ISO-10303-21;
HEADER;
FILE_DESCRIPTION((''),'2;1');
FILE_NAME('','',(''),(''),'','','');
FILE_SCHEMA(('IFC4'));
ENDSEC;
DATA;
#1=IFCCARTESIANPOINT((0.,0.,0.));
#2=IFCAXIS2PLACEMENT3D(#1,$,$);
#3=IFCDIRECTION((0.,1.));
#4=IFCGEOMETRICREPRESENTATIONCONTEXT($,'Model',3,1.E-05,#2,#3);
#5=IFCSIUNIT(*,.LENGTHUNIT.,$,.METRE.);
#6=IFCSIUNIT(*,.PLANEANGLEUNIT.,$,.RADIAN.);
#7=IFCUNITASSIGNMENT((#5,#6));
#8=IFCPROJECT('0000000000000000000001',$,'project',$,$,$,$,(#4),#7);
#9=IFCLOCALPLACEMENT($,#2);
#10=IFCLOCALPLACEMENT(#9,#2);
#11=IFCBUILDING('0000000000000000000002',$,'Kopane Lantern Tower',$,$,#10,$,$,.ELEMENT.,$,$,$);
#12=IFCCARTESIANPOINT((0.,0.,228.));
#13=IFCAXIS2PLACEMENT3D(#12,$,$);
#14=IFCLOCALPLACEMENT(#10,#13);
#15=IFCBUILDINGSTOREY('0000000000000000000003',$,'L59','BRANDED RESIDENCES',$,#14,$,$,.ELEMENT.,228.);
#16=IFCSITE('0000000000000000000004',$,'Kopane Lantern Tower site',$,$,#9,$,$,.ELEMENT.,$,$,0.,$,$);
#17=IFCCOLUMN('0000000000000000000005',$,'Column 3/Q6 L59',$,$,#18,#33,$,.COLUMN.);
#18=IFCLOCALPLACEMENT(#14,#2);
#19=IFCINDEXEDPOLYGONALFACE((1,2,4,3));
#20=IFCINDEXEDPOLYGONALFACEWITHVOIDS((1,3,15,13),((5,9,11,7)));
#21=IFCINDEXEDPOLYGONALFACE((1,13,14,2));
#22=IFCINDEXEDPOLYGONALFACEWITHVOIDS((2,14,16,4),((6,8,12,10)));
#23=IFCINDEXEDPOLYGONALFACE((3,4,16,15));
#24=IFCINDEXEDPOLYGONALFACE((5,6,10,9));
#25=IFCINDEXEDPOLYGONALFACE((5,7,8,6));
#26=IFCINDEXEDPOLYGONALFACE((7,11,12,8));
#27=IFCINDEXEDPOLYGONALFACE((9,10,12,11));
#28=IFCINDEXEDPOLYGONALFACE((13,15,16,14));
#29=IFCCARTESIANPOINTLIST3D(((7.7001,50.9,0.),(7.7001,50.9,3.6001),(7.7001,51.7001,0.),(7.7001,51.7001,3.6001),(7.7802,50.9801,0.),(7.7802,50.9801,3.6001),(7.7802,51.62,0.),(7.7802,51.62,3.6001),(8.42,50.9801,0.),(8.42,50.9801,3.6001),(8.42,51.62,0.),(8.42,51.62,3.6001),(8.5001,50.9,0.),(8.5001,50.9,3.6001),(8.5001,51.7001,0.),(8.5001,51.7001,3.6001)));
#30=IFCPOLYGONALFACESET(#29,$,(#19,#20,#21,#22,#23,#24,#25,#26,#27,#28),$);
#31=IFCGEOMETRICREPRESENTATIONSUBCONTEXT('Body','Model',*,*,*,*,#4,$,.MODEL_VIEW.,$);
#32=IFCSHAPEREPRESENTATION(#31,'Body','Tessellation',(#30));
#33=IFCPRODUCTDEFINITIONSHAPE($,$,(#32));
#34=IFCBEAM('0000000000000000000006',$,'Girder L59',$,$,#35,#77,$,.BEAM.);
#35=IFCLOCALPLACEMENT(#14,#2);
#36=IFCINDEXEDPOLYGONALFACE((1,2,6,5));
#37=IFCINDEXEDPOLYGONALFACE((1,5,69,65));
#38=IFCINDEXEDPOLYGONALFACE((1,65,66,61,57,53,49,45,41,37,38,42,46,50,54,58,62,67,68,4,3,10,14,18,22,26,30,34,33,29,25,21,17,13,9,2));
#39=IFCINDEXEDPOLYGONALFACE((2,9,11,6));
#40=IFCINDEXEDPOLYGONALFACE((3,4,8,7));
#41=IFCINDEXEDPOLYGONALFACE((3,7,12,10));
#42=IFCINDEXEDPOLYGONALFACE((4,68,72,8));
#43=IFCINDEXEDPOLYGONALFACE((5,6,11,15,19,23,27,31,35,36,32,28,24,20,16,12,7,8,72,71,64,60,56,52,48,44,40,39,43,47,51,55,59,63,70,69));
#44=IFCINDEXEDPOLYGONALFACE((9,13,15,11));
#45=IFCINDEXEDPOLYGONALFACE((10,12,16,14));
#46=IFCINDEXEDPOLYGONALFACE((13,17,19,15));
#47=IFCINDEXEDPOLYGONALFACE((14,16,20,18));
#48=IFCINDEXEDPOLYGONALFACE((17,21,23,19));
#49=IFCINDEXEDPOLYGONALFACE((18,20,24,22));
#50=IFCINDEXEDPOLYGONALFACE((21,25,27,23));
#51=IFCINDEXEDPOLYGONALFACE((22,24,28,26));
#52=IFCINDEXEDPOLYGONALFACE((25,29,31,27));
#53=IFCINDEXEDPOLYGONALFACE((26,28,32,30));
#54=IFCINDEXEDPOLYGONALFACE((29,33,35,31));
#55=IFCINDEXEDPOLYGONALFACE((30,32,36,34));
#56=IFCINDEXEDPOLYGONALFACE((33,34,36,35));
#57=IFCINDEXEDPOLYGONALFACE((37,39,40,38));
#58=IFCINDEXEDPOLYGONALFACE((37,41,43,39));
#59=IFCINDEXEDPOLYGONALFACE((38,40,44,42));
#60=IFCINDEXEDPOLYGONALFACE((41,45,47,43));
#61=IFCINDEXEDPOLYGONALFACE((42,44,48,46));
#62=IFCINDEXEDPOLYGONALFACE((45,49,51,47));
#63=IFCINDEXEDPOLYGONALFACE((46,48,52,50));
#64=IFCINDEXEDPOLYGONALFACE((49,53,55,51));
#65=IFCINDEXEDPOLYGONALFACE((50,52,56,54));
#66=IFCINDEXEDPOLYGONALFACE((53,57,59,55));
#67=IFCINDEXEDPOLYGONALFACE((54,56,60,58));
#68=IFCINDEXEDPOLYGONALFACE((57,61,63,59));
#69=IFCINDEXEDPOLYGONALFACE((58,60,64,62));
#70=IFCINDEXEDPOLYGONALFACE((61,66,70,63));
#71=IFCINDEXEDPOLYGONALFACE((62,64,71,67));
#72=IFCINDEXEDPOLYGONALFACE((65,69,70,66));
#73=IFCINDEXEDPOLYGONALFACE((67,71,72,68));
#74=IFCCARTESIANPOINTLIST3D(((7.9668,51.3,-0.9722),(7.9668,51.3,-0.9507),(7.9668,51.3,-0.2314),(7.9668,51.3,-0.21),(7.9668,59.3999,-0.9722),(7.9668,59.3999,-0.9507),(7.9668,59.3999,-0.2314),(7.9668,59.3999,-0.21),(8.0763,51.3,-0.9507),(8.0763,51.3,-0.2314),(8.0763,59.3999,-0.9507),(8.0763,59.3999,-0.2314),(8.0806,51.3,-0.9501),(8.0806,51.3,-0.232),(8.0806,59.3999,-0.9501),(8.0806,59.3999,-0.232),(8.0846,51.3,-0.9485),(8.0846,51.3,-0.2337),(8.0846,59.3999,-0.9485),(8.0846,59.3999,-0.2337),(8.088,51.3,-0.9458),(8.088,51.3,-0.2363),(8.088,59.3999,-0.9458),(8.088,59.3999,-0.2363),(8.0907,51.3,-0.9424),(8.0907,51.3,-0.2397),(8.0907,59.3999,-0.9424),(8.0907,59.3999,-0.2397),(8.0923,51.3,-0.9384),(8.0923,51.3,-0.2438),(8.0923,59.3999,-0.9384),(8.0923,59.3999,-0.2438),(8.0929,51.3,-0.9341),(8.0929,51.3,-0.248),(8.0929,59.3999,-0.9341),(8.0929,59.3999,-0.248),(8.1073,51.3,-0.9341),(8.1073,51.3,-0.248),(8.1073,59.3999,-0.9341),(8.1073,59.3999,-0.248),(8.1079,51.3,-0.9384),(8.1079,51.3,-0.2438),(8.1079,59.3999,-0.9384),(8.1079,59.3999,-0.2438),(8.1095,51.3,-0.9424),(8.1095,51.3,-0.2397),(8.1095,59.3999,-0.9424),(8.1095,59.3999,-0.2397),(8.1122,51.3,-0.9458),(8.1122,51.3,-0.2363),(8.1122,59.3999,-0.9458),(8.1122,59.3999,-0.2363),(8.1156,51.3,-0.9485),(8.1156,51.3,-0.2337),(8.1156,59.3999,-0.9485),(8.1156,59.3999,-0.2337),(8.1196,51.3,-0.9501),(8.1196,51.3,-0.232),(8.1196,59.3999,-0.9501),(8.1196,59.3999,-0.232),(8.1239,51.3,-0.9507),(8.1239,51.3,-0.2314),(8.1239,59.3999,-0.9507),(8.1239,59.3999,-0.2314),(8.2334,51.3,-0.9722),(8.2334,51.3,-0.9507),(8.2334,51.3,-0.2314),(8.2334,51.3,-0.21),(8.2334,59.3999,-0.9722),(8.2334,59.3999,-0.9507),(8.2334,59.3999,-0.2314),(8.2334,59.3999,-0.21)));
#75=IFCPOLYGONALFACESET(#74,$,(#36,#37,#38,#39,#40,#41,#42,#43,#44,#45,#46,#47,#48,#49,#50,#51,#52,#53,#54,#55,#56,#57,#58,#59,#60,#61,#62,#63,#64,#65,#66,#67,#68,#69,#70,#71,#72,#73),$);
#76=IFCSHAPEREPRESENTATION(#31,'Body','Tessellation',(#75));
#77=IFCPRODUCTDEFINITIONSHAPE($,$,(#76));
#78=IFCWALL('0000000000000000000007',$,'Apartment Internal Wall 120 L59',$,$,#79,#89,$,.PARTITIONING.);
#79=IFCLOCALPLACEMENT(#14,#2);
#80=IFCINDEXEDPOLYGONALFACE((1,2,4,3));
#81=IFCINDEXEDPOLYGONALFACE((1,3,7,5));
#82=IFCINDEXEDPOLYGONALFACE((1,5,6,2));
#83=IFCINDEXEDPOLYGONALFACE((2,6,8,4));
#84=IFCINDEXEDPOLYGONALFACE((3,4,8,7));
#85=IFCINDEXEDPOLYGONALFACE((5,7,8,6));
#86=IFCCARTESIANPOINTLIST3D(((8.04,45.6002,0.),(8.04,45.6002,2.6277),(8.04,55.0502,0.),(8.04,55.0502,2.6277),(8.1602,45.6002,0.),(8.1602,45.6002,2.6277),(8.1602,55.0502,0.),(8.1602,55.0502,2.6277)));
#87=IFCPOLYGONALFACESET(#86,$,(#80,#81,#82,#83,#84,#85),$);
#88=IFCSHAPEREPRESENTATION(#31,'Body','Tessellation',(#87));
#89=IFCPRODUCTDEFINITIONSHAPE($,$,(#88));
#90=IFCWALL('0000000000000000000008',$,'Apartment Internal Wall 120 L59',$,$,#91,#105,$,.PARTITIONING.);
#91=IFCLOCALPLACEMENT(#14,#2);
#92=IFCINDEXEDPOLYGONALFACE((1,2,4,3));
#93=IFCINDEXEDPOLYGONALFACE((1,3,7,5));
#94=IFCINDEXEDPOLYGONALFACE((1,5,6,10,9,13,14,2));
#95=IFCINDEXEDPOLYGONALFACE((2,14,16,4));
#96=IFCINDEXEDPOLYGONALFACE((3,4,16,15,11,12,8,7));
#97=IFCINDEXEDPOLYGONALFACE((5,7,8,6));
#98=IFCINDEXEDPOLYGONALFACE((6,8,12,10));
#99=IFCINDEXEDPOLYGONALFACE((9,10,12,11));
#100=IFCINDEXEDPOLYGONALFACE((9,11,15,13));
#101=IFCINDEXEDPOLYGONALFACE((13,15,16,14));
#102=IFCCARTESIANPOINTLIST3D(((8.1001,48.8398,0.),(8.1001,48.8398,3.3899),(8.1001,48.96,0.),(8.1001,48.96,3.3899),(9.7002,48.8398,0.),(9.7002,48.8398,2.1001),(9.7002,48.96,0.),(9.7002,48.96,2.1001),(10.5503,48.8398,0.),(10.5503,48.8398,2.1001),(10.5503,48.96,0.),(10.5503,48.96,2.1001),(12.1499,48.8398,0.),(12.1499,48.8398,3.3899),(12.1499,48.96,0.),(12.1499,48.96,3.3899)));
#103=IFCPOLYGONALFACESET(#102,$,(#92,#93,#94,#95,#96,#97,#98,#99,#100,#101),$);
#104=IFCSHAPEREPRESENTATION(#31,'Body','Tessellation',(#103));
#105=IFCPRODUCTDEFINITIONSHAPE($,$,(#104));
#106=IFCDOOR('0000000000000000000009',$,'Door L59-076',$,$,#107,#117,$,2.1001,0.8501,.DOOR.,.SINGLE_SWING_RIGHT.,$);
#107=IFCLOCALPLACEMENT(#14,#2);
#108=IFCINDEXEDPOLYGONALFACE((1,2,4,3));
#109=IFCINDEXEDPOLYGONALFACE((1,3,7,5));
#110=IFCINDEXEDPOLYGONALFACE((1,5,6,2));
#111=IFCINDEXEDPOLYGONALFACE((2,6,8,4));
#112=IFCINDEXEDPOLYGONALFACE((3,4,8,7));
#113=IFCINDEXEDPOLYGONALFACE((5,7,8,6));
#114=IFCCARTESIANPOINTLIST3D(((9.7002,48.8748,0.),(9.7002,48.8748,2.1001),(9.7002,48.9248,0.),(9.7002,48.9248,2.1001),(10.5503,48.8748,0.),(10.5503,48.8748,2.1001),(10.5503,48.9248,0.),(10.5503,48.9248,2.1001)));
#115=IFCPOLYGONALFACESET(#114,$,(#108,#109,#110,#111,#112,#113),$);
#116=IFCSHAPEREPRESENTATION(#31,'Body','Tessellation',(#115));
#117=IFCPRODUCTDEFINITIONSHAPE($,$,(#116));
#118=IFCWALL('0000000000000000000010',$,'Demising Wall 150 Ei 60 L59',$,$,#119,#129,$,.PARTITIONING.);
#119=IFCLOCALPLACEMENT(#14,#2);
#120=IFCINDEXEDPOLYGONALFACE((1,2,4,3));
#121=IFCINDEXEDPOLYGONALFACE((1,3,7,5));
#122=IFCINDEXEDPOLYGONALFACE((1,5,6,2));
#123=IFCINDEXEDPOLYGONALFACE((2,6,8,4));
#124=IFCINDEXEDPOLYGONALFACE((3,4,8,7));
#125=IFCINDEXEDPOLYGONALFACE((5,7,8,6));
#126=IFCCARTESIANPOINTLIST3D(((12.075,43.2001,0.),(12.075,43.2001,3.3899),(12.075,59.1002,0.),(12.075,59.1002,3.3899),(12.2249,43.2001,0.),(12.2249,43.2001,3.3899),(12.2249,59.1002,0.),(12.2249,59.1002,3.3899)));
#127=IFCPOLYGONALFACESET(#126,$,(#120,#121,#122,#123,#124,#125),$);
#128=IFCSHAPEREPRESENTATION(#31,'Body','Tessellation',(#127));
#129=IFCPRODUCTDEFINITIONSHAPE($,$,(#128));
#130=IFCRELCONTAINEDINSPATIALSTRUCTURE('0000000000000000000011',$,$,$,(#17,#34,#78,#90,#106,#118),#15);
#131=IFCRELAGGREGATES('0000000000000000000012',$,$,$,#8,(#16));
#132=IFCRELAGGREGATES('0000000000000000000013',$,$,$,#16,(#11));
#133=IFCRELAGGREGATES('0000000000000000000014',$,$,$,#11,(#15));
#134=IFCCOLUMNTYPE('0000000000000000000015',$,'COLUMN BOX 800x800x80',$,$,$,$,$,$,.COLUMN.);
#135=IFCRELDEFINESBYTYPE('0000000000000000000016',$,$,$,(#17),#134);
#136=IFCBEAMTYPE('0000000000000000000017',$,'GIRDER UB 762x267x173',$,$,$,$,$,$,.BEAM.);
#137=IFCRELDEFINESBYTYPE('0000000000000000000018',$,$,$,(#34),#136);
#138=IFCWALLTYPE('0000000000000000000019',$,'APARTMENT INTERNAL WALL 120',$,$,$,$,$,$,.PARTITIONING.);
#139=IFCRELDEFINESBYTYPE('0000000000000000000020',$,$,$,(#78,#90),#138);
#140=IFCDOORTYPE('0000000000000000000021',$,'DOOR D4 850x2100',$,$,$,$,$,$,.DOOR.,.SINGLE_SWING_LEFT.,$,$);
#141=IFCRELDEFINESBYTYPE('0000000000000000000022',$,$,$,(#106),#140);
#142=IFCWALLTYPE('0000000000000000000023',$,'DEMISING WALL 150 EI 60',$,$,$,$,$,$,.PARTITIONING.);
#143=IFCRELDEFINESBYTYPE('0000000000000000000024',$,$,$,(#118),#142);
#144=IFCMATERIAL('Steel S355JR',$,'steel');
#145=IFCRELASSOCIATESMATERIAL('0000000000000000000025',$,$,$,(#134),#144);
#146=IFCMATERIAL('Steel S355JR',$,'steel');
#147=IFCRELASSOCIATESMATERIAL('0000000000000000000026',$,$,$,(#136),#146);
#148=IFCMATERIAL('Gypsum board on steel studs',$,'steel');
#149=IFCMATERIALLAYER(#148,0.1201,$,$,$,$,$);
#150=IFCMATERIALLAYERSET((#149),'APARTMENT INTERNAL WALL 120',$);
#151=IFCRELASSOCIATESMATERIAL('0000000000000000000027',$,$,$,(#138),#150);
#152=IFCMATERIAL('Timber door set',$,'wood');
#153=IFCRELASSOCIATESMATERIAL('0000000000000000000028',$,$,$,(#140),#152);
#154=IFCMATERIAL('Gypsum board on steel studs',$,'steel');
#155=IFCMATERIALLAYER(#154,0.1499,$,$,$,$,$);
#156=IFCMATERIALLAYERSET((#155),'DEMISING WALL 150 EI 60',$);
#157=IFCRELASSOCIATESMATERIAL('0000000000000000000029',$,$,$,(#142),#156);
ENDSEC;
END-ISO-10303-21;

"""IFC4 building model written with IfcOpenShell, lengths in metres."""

from ifc_helpers import new_model, si_unit, direction, frame, frame_2d, origin, origin_2d, place, context, subcontext, project, spatial, rectangle, hollow_rectangle, i_section, extrude, material, layer, layer_set, material_profile, profile_set, type_object, element, fill, save


model = new_model("IFC4")

# Units and contexts
model_context = context("Model", 3, precision=1e-05, world=origin(), true_north=direction((0.0, 1.0)))
body_context = subcontext(model_context, "Body", "Model", "MODEL_VIEW")
ifc_project = project(units=[si_unit("LENGTHUNIT", "METRE"), si_unit("PLANEANGLEUNIT", "RADIAN")], contexts=[model_context])

# Site, building, storey
site_placement = place(None, origin())
site = spatial("IfcSite", under=ifc_project, at=site_placement, Name="Kopane Lantern Tower site", CompositionType="ELEMENT", RefElevation=0.0)
building_placement = place(site_placement, origin())
building = spatial("IfcBuilding", under=site, at=building_placement, Name="Kopane Lantern Tower", CompositionType="ELEMENT")
storey_placement = place(building_placement, frame((0.0, 0.0, 228.0)))
storey = spatial("IfcBuildingStorey", under=building, at=storey_placement, Name="L59", Description="BRANDED RESIDENCES", CompositionType="ELEMENT", Elevation=228.0)

# Column
ifc_material_1 = material(Name="Steel S355JR", Category="steel")
ifc_material_profile_1 = material_profile(ifc_material_1, hollow_rectangle(XDim=0.8, YDim=0.8, WallThickness=0.0801, at=origin_2d()), Name="BOX 800x800x80")
ifc_profile_set_1 = profile_set([ifc_material_profile_1], Name="Steel S355JR")
column_type = type_object("IfcColumnType", Name="COLUMN BOX 800x800x80", PredefinedType="COLUMN", material=ifc_profile_set_1)
column_placement = place(storey_placement, frame((8.1001, 51.3, 0.0), z_axis=(0.0, 0.0, 1.0), x_axis=(1.0, 0.0, 0.0)))
element("IfcColumn", 1, at=column_placement, inside=storey, type_object=column_type, Name="Column 3/Q6 L59", PredefinedType="COLUMN", context=body_context, shape_type="SweptSolid", body=[
    extrude(hollow_rectangle(XDim=0.8, YDim=0.8, WallThickness=0.0801, at=origin_2d()), origin(), (0.0, 0.0, 1.0), 3.6001),
])

# Beam
ifc_material_2 = material(Name="Steel S355JR", Category="steel")
ifc_material_profile_2 = material_profile(ifc_material_2, i_section(OverallWidth=0.2666, OverallDepth=0.7622, WebThickness=0.0144, FlangeThickness=0.0215, FilletRadius=0.0166, at=origin_2d()), Name="UB 762x267x173")
ifc_profile_set_2 = profile_set([ifc_material_profile_2], Name="Steel S355JR")
beam_type = type_object("IfcBeamType", Name="GIRDER UB 762x267x173", PredefinedType="BEAM", material=ifc_profile_set_2)
beam_placement = place(storey_placement, frame((8.1001, 51.3, -0.5911), z_axis=(0.0, 1.0, 0.0), x_axis=(-1.0, 0.0, 0.0)))
element("IfcBeam", 2, at=beam_placement, inside=storey, type_object=beam_type, Name="Girder L59", PredefinedType="BEAM", context=body_context, shape_type="SweptSolid", body=[
    extrude(i_section(OverallWidth=0.2666, OverallDepth=0.7622, WebThickness=0.0144, FlangeThickness=0.0215, FilletRadius=0.0166, at=origin_2d()), origin(), (0.0, 0.0, 1.0), 8.0999),
])

# Wall
ifc_material_3 = material(Name="Gypsum board on steel studs", Category="steel")
ifc_layer_1 = layer(ifc_material_3, 0.1201)
ifc_layer_set_1 = layer_set([ifc_layer_1], Name="APARTMENT INTERNAL WALL 120")
wall_type_1 = type_object("IfcWallType", Name="APARTMENT INTERNAL WALL 120", PredefinedType="PARTITIONING", material=ifc_layer_set_1)
wall_1_placement = place(storey_placement, frame((8.1001, 45.6001, 0.0), z_axis=(0.0, 0.0, 1.0), x_axis=(0.0, 1.0, 0.0)))
element("IfcWall", 3, at=wall_1_placement, inside=storey, type_object=wall_type_1, Name="Apartment Internal Wall 120 L59", PredefinedType="PARTITIONING", context=body_context, shape_type="SweptSolid", body=[
    extrude(rectangle(XDim=9.45, YDim=0.1201, at=frame_2d((4.7251, 0.0))), origin(), (0.0, 0.0, 1.0), 2.6277),
])

# Wall, opening, door
wall_2_placement = place(storey_placement, frame((8.1001, 48.8999, 0.0), z_axis=(0.0, 0.0, 1.0), x_axis=(1.0, 0.0, 0.0)))
wall_2 = element("IfcWall", 4, at=wall_2_placement, inside=storey, type_object=wall_type_1, Name="Apartment Internal Wall 120 L59", PredefinedType="PARTITIONING", context=body_context, shape_type="SweptSolid", body=[
    extrude(rectangle(XDim=4.0498, YDim=0.1201, at=frame_2d((2.0249, 0.0))), origin(), (0.0, 0.0, 1.0), 3.3899),
])
opening_placement = place(wall_2_placement, frame((1.6001, 0.0, 0.0)))
opening = element("IfcOpeningElement", 5, at=opening_placement, cuts=wall_2, PredefinedType="OPENING", context=body_context, shape_type="SweptSolid", body=[
    extrude(rectangle(XDim=0.8501, YDim=2.1001, at=frame_2d((0.425, 1.05))), frame((0.0, 0.0701, 0.0), z_axis=(0.0, -1.0, 0.0), x_axis=(1.0, 0.0, 0.0)), (0.0, 0.0, 1.0), 0.1401),
])
ifc_material_4 = material(Name="Timber door set", Category="wood")
door_type = type_object("IfcDoorType", Name="DOOR D4 850x2100", OperationType="SINGLE_SWING_LEFT", PredefinedType="DOOR", material=ifc_material_4)
door_placement = place(opening_placement, origin())
door = element("IfcDoor", 6, at=door_placement, inside=storey, type_object=door_type, Name="Door L59-076", OperationType="SINGLE_SWING_RIGHT", OverallHeight=2.1001, OverallWidth=0.8501, PredefinedType="DOOR", context=body_context, shape_type="SweptSolid", body=[
    extrude(rectangle(XDim=0.8501, YDim=2.1001, at=frame_2d((0.425, 1.05))), frame((0.0, 0.0249, 0.0), z_axis=(0.0, -1.0, 0.0), x_axis=(1.0, 0.0, 0.0)), (0.0, 0.0, 1.0), 0.05),
])
fill(opening, door)

# Wall
ifc_material_5 = material(Name="Gypsum board on steel studs", Category="steel")
ifc_layer_2 = layer(ifc_material_5, 0.1499)
ifc_layer_set_2 = layer_set([ifc_layer_2], Name="DEMISING WALL 150 EI 60")
wall_type_2 = type_object("IfcWallType", Name="DEMISING WALL 150 EI 60", PredefinedType="PARTITIONING", material=ifc_layer_set_2)
wall_3_placement = place(storey_placement, frame((12.1499, 43.2, 0.0), z_axis=(0.0, 0.0, 1.0), x_axis=(0.0, 1.0, 0.0)))
element("IfcWall", 7, at=wall_3_placement, inside=storey, type_object=wall_type_2, Name="Demising Wall 150 Ei 60 L59", PredefinedType="PARTITIONING", context=body_context, shape_type="SweptSolid", body=[
    extrude(rectangle(XDim=15.9001, YDim=0.1499, at=frame_2d((7.9502, 0.0))), origin(), (0.0, 0.0, 1.0), 3.3899),
])

save(model, "model.ifc")
